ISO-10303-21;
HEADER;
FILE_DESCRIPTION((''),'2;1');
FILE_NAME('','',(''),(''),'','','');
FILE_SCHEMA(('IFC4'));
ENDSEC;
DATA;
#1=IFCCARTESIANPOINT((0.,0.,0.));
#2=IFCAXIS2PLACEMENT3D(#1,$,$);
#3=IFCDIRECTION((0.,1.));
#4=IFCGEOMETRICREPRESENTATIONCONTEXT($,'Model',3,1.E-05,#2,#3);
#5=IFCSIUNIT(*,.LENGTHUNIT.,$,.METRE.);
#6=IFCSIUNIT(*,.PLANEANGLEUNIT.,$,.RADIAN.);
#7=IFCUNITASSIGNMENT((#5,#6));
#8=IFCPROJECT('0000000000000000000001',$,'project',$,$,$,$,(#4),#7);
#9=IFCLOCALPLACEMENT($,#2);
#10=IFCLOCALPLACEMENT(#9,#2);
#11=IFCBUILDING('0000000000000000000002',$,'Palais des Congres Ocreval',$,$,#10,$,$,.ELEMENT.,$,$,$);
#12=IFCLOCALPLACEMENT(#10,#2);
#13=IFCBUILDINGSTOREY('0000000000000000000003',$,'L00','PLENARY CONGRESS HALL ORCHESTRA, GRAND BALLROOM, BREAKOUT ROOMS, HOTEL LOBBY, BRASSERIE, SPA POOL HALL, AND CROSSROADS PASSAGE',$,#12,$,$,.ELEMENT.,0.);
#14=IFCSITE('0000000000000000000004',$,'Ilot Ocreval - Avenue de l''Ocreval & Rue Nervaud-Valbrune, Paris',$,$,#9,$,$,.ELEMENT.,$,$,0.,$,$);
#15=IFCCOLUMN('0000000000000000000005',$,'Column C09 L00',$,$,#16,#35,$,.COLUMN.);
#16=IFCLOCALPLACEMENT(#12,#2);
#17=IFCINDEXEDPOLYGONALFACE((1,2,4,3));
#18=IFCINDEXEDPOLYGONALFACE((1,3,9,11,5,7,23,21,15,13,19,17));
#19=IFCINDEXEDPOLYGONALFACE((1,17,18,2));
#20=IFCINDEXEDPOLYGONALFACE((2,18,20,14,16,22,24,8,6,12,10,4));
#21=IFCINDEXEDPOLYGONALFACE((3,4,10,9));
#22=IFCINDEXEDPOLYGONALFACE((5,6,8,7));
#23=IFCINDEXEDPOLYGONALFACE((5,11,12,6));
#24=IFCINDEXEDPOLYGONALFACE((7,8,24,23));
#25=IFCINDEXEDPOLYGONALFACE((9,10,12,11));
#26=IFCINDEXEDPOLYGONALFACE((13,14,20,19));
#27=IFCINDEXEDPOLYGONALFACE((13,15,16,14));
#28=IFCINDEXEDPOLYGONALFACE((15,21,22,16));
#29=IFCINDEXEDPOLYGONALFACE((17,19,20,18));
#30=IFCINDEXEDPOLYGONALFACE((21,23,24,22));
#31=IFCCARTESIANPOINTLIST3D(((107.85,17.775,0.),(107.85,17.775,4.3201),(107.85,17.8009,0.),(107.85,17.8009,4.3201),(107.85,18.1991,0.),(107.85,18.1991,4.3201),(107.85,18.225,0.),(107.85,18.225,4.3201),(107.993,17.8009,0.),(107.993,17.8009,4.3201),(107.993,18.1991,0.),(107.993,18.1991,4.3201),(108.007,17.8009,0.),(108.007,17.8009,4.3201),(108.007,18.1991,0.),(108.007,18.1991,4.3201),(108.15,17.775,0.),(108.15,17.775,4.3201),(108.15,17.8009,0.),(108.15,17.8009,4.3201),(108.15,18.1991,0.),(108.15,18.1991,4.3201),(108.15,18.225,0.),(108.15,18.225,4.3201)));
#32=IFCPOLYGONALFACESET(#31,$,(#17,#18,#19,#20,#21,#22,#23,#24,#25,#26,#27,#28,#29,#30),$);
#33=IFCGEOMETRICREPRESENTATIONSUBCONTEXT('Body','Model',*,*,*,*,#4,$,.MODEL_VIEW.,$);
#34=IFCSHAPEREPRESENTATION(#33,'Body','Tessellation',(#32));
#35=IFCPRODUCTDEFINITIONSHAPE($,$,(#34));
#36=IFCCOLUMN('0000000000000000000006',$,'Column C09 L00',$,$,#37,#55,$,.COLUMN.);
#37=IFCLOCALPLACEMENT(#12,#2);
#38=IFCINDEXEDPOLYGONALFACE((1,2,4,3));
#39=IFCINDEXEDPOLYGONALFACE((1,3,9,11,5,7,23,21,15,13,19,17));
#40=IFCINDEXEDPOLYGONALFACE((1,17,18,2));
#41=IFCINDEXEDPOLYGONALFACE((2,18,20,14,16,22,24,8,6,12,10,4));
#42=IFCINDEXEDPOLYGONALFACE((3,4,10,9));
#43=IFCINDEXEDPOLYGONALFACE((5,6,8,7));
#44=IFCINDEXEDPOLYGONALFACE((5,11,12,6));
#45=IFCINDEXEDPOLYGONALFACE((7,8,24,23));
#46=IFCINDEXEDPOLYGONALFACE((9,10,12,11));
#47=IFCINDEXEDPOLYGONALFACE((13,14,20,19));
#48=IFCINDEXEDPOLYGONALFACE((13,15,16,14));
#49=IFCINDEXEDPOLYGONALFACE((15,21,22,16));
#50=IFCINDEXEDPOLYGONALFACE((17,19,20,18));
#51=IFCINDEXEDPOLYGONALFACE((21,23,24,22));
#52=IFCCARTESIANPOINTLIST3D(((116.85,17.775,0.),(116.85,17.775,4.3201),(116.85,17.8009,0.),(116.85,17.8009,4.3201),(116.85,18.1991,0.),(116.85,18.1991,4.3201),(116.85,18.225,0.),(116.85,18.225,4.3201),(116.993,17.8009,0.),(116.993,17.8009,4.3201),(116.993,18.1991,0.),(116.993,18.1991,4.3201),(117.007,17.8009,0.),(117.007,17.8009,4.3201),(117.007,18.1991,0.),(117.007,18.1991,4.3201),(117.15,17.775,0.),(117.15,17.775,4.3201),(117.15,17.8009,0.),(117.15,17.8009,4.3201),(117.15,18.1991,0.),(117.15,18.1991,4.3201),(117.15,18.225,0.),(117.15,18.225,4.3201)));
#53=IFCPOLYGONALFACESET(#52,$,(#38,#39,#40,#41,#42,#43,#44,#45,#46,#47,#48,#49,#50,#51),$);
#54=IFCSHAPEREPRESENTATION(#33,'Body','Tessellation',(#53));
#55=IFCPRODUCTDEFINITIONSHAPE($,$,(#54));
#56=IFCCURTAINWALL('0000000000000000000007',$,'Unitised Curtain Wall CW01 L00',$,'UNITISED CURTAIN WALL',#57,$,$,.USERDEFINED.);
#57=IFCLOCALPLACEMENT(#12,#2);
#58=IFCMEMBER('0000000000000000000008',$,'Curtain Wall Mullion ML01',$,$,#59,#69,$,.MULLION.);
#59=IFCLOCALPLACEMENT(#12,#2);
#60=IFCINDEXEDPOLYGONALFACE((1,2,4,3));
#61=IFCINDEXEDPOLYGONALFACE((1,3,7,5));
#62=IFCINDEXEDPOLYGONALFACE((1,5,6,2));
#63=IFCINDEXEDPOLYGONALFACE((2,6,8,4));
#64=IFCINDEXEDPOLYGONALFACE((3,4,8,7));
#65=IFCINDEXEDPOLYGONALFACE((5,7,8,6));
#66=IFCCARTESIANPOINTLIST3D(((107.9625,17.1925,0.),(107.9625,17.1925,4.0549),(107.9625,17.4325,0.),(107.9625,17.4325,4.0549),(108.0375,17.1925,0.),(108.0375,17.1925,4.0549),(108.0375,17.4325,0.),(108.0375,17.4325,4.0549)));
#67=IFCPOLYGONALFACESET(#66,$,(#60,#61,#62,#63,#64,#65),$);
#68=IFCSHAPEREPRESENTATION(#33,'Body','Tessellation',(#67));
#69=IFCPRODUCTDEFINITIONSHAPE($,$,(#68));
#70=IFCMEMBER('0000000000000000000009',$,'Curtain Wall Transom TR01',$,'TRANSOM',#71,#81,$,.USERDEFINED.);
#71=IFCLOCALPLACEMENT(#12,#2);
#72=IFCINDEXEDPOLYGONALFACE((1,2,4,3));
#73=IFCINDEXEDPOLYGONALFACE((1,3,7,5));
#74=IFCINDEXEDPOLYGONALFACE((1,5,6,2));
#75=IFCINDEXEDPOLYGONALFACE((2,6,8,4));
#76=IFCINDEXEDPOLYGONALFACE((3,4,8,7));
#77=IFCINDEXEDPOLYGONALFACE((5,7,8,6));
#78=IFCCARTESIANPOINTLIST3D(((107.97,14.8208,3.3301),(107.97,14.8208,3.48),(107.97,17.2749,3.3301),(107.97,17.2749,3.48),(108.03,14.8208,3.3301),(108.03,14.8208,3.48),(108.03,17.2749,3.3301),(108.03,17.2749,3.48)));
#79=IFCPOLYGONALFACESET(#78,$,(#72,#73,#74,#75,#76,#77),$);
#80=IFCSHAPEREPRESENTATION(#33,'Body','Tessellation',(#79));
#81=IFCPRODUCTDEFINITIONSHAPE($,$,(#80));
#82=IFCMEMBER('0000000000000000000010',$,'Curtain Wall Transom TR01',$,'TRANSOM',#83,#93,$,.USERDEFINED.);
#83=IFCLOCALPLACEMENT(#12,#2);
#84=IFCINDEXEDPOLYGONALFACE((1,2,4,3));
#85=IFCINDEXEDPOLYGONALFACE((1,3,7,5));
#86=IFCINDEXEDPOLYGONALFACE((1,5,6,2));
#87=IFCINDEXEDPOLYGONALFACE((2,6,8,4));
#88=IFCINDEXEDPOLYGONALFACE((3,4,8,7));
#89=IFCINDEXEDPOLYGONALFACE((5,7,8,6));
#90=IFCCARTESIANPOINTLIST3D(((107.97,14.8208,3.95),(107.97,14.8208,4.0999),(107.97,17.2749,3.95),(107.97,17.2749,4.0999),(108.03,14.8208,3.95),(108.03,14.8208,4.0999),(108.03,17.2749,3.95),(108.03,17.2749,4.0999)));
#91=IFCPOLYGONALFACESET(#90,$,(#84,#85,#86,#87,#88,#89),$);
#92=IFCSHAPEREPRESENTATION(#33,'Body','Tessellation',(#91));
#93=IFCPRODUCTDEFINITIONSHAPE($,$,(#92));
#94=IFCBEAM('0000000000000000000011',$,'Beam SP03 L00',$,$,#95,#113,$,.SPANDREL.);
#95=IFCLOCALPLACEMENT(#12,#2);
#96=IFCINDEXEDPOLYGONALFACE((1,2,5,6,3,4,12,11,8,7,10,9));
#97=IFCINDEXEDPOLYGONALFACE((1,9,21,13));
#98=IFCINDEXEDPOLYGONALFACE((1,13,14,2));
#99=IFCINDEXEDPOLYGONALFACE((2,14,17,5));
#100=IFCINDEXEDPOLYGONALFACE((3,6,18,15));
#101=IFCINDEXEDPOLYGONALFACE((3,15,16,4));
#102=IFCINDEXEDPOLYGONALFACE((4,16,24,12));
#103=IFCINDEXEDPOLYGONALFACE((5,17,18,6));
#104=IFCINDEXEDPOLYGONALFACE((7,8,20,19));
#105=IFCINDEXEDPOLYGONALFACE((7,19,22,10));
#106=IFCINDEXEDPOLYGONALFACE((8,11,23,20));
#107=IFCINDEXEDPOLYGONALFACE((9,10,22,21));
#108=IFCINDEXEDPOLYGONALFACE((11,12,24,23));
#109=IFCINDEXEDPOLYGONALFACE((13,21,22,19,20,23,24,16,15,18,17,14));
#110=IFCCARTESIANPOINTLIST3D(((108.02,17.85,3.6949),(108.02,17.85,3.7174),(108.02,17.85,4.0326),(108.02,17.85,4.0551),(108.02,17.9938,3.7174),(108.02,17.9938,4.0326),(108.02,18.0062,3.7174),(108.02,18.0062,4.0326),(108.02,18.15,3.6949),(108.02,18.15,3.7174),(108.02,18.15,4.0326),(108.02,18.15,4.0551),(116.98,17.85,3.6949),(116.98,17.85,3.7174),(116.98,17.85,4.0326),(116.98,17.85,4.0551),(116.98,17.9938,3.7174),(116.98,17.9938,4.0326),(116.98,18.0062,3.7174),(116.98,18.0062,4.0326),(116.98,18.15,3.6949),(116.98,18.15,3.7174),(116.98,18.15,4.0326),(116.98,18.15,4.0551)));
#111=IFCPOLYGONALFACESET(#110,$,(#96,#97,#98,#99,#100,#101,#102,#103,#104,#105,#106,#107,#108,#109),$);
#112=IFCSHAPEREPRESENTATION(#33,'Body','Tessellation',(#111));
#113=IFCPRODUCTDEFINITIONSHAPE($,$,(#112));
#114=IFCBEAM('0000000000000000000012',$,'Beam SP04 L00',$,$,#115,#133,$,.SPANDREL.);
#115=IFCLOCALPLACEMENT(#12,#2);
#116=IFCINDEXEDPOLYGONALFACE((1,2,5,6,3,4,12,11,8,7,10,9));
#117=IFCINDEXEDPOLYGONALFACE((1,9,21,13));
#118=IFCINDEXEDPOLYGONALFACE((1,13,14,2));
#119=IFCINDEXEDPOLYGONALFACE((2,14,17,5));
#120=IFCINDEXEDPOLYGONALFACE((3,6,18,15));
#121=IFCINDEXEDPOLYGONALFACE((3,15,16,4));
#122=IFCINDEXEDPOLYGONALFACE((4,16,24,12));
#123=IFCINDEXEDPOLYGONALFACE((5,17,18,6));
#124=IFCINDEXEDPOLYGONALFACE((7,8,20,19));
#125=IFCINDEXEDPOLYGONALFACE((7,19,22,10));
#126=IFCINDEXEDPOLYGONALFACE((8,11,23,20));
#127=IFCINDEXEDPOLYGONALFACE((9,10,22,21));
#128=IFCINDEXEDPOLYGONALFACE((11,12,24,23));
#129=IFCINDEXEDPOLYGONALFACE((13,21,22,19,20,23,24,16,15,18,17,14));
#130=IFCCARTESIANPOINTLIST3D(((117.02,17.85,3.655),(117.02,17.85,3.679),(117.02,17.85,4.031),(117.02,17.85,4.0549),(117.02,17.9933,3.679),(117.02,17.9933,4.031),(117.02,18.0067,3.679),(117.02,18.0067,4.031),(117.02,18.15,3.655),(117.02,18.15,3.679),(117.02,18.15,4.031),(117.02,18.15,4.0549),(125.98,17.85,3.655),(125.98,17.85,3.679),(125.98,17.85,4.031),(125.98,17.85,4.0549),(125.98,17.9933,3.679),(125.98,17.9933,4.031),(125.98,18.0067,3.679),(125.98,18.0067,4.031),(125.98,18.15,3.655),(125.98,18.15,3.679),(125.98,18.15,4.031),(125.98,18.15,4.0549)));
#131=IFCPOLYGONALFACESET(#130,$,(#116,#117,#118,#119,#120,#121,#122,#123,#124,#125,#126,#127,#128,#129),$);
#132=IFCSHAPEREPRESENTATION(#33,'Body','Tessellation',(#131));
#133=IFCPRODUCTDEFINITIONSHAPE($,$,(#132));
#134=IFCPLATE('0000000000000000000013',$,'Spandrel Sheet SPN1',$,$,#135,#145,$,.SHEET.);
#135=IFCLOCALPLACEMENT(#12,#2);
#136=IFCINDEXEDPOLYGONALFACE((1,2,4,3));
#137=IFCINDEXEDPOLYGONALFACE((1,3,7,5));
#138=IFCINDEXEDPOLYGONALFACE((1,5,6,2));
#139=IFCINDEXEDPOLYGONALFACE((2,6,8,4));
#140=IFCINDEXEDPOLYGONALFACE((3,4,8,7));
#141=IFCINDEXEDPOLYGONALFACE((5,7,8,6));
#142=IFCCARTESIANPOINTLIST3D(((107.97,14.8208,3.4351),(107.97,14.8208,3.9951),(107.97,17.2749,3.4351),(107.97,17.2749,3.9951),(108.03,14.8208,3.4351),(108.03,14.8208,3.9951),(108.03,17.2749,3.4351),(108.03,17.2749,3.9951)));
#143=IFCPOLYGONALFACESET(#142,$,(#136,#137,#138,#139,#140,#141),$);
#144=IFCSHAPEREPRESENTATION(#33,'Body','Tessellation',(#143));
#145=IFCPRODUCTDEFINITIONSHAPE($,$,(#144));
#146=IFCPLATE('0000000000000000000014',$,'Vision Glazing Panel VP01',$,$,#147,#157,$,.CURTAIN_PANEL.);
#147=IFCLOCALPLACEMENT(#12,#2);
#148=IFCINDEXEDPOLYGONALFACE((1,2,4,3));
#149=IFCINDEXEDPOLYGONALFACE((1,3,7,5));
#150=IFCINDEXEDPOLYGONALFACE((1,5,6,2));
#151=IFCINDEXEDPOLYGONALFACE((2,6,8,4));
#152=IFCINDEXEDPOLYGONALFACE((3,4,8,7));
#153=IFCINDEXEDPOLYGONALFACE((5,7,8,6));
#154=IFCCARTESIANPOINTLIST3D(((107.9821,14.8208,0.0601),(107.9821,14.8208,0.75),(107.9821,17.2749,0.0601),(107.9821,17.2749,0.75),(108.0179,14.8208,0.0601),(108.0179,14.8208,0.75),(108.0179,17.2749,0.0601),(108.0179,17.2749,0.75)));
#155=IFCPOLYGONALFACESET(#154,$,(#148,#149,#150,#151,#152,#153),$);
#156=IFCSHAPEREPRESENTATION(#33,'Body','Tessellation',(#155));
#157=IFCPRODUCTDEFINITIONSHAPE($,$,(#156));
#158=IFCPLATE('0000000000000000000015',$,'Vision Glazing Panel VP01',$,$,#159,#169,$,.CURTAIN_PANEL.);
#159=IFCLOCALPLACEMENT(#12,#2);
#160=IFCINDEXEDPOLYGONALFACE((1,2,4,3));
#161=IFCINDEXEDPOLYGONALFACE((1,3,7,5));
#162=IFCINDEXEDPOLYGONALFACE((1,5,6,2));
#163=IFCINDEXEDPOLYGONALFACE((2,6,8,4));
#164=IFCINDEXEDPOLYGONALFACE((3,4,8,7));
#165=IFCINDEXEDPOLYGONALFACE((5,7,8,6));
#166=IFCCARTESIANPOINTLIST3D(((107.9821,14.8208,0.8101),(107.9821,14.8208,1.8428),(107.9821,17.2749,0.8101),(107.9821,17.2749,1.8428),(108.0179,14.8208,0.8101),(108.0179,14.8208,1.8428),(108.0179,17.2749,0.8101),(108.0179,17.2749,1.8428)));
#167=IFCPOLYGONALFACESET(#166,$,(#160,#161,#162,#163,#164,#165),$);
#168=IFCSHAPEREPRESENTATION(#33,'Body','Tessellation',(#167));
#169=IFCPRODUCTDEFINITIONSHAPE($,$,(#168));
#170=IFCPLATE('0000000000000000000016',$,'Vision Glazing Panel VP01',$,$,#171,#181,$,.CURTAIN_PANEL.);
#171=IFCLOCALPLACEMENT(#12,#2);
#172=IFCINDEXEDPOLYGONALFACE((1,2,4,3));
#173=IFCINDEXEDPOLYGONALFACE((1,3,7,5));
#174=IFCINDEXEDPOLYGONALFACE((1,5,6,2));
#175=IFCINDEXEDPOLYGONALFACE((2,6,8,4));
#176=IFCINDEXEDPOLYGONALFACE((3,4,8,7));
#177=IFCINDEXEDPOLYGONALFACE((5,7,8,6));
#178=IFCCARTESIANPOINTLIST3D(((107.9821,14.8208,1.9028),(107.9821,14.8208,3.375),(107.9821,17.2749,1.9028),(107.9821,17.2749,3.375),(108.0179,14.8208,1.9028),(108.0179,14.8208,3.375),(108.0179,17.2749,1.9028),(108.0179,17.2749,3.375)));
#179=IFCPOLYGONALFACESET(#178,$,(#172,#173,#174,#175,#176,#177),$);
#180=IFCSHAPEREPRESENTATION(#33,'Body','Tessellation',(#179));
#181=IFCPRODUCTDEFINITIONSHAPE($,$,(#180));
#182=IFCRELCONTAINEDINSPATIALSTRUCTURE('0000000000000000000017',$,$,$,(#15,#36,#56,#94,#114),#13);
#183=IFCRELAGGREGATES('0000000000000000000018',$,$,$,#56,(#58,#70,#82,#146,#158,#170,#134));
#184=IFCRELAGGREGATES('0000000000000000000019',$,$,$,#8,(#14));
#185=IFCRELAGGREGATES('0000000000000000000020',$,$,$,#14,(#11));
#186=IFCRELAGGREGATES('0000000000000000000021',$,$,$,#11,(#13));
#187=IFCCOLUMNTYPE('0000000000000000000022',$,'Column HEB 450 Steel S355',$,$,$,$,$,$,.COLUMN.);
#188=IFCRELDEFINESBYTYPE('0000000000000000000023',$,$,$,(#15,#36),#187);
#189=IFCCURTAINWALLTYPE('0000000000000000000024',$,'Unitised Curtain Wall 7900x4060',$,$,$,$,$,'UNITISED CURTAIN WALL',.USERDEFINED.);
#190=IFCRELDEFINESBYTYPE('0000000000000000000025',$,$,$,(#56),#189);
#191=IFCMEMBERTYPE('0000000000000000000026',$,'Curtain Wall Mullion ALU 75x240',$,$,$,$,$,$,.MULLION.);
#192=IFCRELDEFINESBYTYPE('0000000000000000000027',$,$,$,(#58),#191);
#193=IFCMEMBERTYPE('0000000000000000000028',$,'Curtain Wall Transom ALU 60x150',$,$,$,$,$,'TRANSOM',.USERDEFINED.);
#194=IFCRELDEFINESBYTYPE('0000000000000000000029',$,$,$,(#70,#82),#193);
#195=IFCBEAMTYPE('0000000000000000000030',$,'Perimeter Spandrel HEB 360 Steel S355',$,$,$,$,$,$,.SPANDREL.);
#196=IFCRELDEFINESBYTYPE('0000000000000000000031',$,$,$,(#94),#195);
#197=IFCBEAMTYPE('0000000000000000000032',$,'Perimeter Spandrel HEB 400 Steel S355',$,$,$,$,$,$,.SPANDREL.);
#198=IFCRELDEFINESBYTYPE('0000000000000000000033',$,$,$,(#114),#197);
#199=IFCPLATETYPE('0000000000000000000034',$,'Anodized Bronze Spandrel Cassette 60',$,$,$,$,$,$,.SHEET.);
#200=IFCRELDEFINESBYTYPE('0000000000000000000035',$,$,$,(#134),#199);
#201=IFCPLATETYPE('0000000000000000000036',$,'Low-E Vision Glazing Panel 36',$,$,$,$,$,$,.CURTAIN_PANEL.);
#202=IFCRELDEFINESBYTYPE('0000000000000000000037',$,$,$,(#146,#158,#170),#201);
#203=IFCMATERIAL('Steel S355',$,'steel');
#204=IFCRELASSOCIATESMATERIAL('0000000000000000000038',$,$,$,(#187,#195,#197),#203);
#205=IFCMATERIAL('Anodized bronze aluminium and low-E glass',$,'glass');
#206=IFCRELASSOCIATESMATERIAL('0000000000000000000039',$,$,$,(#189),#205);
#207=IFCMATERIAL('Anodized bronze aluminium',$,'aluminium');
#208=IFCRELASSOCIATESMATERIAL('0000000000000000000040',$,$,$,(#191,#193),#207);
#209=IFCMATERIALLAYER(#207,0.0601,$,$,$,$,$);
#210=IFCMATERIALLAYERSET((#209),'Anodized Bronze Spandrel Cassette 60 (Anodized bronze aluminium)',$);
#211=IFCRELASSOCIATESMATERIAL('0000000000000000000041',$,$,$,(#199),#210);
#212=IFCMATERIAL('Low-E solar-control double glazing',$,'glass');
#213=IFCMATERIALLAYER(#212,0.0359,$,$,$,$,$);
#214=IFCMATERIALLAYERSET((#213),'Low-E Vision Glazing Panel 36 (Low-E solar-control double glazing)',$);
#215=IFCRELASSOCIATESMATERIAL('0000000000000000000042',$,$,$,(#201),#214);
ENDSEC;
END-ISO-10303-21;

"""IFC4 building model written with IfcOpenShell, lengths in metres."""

from ifc_helpers import new_model, si_unit, direction, frame, origin, origin_2d, place, context, subcontext, project, spatial, rectangle, i_section, extrude, material, layer, layer_set, material_profile, profile_set, type_object, element, aggregate, save


model = new_model("IFC4")

# Units and contexts
model_context = context("Model", 3, precision=1e-05, world=origin(), true_north=direction((0.0, 1.0)))
body_context = subcontext(model_context, "Body", "Model", "MODEL_VIEW")
ifc_project = project(units=[si_unit("LENGTHUNIT", "METRE"), si_unit("PLANEANGLEUNIT", "RADIAN")], contexts=[model_context])

# Site, building, storey
site_placement = place(None, origin())
site = spatial("IfcSite", under=ifc_project, at=site_placement, Name="Ilot Ocreval - Avenue de l'Ocreval & Rue Nervaud-Valbrune, Paris", CompositionType="ELEMENT", RefElevation=0.0)
building_placement = place(site_placement, origin())
building = spatial("IfcBuilding", under=site, at=building_placement, Name="Palais des Congres Ocreval", CompositionType="ELEMENT")
storey_placement = place(building_placement, origin())
storey = spatial("IfcBuildingStorey", under=building, at=storey_placement, Name="L00", Description="PLENARY CONGRESS HALL ORCHESTRA, GRAND BALLROOM, BREAKOUT ROOMS, HOTEL LOBBY, BRASSERIE, SPA POOL HALL, AND CROSSROADS PASSAGE", CompositionType="ELEMENT", Elevation=0.0)

# Columns
ifc_material_1 = material(Name="Steel S355", Category="steel")
ifc_material_profile_1 = material_profile(ifc_material_1, i_section(OverallWidth=0.3, OverallDepth=0.45, WebThickness=0.0139, FlangeThickness=0.0259, at=origin_2d()), Name="HEB 450")
ifc_profile_set_1 = profile_set([ifc_material_profile_1], Name="Steel S355")
column_type = type_object("IfcColumnType", Name="Column HEB 450 Steel S355", PredefinedType="COLUMN", material=ifc_profile_set_1)
for number, where, z_axis, x_axis, name in (
    (1, (108.0, 18.0, 0.0), (0.0, 0.0, 1.0), (1.0, 0.0, 0.0), "Column C09 L00"),
    (2, (117.0, 18.0, 0.0), (0.0, 0.0, 1.0), (1.0, 0.0, 0.0), "Column C09 L00"),
):
    element("IfcColumn", number, at=place(storey_placement, frame(where, z_axis=z_axis, x_axis=x_axis)), inside=storey, type_object=column_type, Name=name, PredefinedType="COLUMN", context=body_context, shape_type="SweptSolid", body=[
        extrude(i_section(OverallWidth=0.3, OverallDepth=0.45, WebThickness=0.0139, FlangeThickness=0.0259, at=origin_2d()), origin(), (0.0, 0.0, 1.0), 4.3201),
    ])

# Curtain wall, members
ifc_material_2 = material(Name="Anodized bronze aluminium and low-E glass", Category="glass")
curtain_wall_type = type_object("IfcCurtainWallType", Name="Unitised Curtain Wall 7900x4060", ElementType="UNITISED CURTAIN WALL", PredefinedType="USERDEFINED", material=ifc_material_2)
curtain_wall_placement = place(storey_placement, origin())
curtain_wall = element("IfcCurtainWall", 3, at=curtain_wall_placement, inside=storey, type_object=curtain_wall_type, Name="Unitised Curtain Wall CW01 L00", ObjectType="UNITISED CURTAIN WALL", PredefinedType="USERDEFINED")
ifc_material_3 = material(Name="Anodized bronze aluminium", Category="aluminium")
ifc_material_profile_2 = material_profile(ifc_material_3, rectangle(XDim=0.075, YDim=0.24, at=origin_2d()), Name="ALU 75x240")
ifc_profile_set_2 = profile_set([ifc_material_profile_2], Name="Anodized bronze aluminium")
member_type_1 = type_object("IfcMemberType", Name="Curtain Wall Mullion ALU 75x240", PredefinedType="MULLION", material=ifc_profile_set_2)
member_1_placement = place(storey_placement, frame((108.0, 17.3125, 0.0), z_axis=(0.0, 0.0, 1.0), x_axis=(-1.0, 0.0, 0.0)))
member_1 = element("IfcMember", 4, at=member_1_placement, type_object=member_type_1, Name="Curtain Wall Mullion ML01", PredefinedType="MULLION", context=body_context, shape_type="SweptSolid", body=[
    extrude(rectangle(XDim=0.075, YDim=0.24, at=origin_2d()), origin(), (0.0, 0.0, 1.0), 4.0549),
])
ifc_material_profile_3 = material_profile(ifc_material_3, rectangle(XDim=0.0601, YDim=0.1499, at=origin_2d()), Name="ALU 60x150")
ifc_profile_set_3 = profile_set([ifc_material_profile_3], Name="Anodized bronze aluminium")
member_type_2 = type_object("IfcMemberType", Name="Curtain Wall Transom ALU 60x150", ElementType="TRANSOM", PredefinedType="USERDEFINED", material=ifc_profile_set_3)
member_2_placement = place(storey_placement, frame((108.0, 14.8208, 3.405), z_axis=(0.0, 1.0, 0.0), x_axis=(-1.0, 0.0, 0.0)))
member_2 = element("IfcMember", 5, at=member_2_placement, type_object=member_type_2, Name="Curtain Wall Transom TR01", ObjectType="TRANSOM", PredefinedType="USERDEFINED", context=body_context, shape_type="SweptSolid", body=[
    extrude(rectangle(XDim=0.0601, YDim=0.1499, at=origin_2d()), origin(), (0.0, 0.0, 1.0), 2.4541),
])
member_3_placement = place(storey_placement, frame((108.0, 14.8208, 4.0249), z_axis=(0.0, 1.0, 0.0), x_axis=(-1.0, 0.0, 0.0)))
member_3 = element("IfcMember", 6, at=member_3_placement, type_object=member_type_2, Name="Curtain Wall Transom TR01", ObjectType="TRANSOM", PredefinedType="USERDEFINED", context=body_context, shape_type="SweptSolid", body=[
    extrude(rectangle(XDim=0.0601, YDim=0.1499, at=origin_2d()), origin(), (0.0, 0.0, 1.0), 2.4541),
])

# Beams
ifc_material_profile_4 = material_profile(ifc_material_1, i_section(OverallWidth=0.3, OverallDepth=0.3601, WebThickness=0.0125, FlangeThickness=0.0225, at=origin_2d()), Name="HEB 360")
ifc_profile_set_4 = profile_set([ifc_material_profile_4], Name="Steel S355")
beam_type_1 = type_object("IfcBeamType", Name="Perimeter Spandrel HEB 360 Steel S355", PredefinedType="SPANDREL", material=ifc_profile_set_4)
beam_1_placement = place(storey_placement, frame((108.02, 18.0, 3.875), z_axis=(1.0, 0.0, 0.0), x_axis=(0.0, 1.0, 0.0)))
element("IfcBeam", 7, at=beam_1_placement, inside=storey, type_object=beam_type_1, Name="Beam SP03 L00", PredefinedType="SPANDREL", context=body_context, shape_type="SweptSolid", body=[
    extrude(i_section(OverallWidth=0.3, OverallDepth=0.3601, WebThickness=0.0125, FlangeThickness=0.0225, at=origin_2d()), origin(), (0.0, 0.0, 1.0), 8.96),
])
ifc_material_profile_5 = material_profile(ifc_material_1, i_section(OverallWidth=0.3, OverallDepth=0.3999, WebThickness=0.0134, FlangeThickness=0.0239, at=origin_2d()), Name="HEB 400")
ifc_profile_set_5 = profile_set([ifc_material_profile_5], Name="Steel S355")
beam_type_2 = type_object("IfcBeamType", Name="Perimeter Spandrel HEB 400 Steel S355", PredefinedType="SPANDREL", material=ifc_profile_set_5)
beam_2_placement = place(storey_placement, frame((117.02, 18.0, 3.855), z_axis=(1.0, 0.0, 0.0), x_axis=(0.0, 1.0, 0.0)))
element("IfcBeam", 8, at=beam_2_placement, inside=storey, type_object=beam_type_2, Name="Beam SP04 L00", PredefinedType="SPANDREL", context=body_context, shape_type="SweptSolid", body=[
    extrude(i_section(OverallWidth=0.3, OverallDepth=0.3999, WebThickness=0.0134, FlangeThickness=0.0239, at=origin_2d()), origin(), (0.0, 0.0, 1.0), 8.96),
])

# Plates
ifc_layer_1 = layer(ifc_material_3, 0.0601)
ifc_layer_set_1 = layer_set([ifc_layer_1], Name="Anodized Bronze Spandrel Cassette 60 (Anodized bronze aluminium)")
plate_type_1 = type_object("IfcPlateType", Name="Anodized Bronze Spandrel Cassette 60", PredefinedType="SHEET", material=ifc_layer_set_1)
plate_1_placement = place(storey_placement, frame((108.0, 16.0479, 3.4351), z_axis=(0.0, 0.0, 1.0), x_axis=(0.0, 1.0, 0.0)))
plate_1 = element("IfcPlate", 9, at=plate_1_placement, type_object=plate_type_1, Name="Spandrel Sheet SPN1", PredefinedType="SHEET", context=body_context, shape_type="SweptSolid", body=[
    extrude(rectangle(XDim=2.4541, YDim=0.0601, at=origin_2d()), origin(), (0.0, 0.0, 1.0), 0.5601),
])
ifc_material_4 = material(Name="Low-E solar-control double glazing", Category="glass")
ifc_layer_2 = layer(ifc_material_4, 0.0359)
ifc_layer_set_2 = layer_set([ifc_layer_2], Name="Low-E Vision Glazing Panel 36 (Low-E solar-control double glazing)")
plate_type_2 = type_object("IfcPlateType", Name="Low-E Vision Glazing Panel 36", PredefinedType="CURTAIN_PANEL", material=ifc_layer_set_2)
plate_2_placement = place(storey_placement, frame((108.0, 16.0479, 0.0601), z_axis=(0.0, 0.0, 1.0), x_axis=(0.0, 1.0, 0.0)))
plate_2 = element("IfcPlate", 10, at=plate_2_placement, type_object=plate_type_2, Name="Vision Glazing Panel VP01", PredefinedType="CURTAIN_PANEL", context=body_context, shape_type="SweptSolid", body=[
    extrude(rectangle(XDim=2.4541, YDim=0.0359, at=origin_2d()), origin(), (0.0, 0.0, 1.0), 0.6899),
])
plate_3_placement = place(storey_placement, frame((108.0, 16.0479, 0.8101), z_axis=(0.0, 0.0, 1.0), x_axis=(0.0, 1.0, 0.0)))
plate_3 = element("IfcPlate", 11, at=plate_3_placement, type_object=plate_type_2, Name="Vision Glazing Panel VP01", PredefinedType="CURTAIN_PANEL", context=body_context, shape_type="SweptSolid", body=[
    extrude(rectangle(XDim=2.4541, YDim=0.0359, at=origin_2d()), origin(), (0.0, 0.0, 1.0), 1.0327),
])
plate_4_placement = place(storey_placement, frame((108.0, 16.0479, 1.9028), z_axis=(0.0, 0.0, 1.0), x_axis=(0.0, 1.0, 0.0)))
plate_4 = element("IfcPlate", 12, at=plate_4_placement, type_object=plate_type_2, Name="Vision Glazing Panel VP01", PredefinedType="CURTAIN_PANEL", context=body_context, shape_type="SweptSolid", body=[
    extrude(rectangle(XDim=2.4541, YDim=0.0359, at=origin_2d()), origin(), (0.0, 0.0, 1.0), 1.4722),
])
aggregate(curtain_wall, [member_1, member_2, member_3, plate_2, plate_3, plate_4, plate_1])

save(model, "model.ifc")
